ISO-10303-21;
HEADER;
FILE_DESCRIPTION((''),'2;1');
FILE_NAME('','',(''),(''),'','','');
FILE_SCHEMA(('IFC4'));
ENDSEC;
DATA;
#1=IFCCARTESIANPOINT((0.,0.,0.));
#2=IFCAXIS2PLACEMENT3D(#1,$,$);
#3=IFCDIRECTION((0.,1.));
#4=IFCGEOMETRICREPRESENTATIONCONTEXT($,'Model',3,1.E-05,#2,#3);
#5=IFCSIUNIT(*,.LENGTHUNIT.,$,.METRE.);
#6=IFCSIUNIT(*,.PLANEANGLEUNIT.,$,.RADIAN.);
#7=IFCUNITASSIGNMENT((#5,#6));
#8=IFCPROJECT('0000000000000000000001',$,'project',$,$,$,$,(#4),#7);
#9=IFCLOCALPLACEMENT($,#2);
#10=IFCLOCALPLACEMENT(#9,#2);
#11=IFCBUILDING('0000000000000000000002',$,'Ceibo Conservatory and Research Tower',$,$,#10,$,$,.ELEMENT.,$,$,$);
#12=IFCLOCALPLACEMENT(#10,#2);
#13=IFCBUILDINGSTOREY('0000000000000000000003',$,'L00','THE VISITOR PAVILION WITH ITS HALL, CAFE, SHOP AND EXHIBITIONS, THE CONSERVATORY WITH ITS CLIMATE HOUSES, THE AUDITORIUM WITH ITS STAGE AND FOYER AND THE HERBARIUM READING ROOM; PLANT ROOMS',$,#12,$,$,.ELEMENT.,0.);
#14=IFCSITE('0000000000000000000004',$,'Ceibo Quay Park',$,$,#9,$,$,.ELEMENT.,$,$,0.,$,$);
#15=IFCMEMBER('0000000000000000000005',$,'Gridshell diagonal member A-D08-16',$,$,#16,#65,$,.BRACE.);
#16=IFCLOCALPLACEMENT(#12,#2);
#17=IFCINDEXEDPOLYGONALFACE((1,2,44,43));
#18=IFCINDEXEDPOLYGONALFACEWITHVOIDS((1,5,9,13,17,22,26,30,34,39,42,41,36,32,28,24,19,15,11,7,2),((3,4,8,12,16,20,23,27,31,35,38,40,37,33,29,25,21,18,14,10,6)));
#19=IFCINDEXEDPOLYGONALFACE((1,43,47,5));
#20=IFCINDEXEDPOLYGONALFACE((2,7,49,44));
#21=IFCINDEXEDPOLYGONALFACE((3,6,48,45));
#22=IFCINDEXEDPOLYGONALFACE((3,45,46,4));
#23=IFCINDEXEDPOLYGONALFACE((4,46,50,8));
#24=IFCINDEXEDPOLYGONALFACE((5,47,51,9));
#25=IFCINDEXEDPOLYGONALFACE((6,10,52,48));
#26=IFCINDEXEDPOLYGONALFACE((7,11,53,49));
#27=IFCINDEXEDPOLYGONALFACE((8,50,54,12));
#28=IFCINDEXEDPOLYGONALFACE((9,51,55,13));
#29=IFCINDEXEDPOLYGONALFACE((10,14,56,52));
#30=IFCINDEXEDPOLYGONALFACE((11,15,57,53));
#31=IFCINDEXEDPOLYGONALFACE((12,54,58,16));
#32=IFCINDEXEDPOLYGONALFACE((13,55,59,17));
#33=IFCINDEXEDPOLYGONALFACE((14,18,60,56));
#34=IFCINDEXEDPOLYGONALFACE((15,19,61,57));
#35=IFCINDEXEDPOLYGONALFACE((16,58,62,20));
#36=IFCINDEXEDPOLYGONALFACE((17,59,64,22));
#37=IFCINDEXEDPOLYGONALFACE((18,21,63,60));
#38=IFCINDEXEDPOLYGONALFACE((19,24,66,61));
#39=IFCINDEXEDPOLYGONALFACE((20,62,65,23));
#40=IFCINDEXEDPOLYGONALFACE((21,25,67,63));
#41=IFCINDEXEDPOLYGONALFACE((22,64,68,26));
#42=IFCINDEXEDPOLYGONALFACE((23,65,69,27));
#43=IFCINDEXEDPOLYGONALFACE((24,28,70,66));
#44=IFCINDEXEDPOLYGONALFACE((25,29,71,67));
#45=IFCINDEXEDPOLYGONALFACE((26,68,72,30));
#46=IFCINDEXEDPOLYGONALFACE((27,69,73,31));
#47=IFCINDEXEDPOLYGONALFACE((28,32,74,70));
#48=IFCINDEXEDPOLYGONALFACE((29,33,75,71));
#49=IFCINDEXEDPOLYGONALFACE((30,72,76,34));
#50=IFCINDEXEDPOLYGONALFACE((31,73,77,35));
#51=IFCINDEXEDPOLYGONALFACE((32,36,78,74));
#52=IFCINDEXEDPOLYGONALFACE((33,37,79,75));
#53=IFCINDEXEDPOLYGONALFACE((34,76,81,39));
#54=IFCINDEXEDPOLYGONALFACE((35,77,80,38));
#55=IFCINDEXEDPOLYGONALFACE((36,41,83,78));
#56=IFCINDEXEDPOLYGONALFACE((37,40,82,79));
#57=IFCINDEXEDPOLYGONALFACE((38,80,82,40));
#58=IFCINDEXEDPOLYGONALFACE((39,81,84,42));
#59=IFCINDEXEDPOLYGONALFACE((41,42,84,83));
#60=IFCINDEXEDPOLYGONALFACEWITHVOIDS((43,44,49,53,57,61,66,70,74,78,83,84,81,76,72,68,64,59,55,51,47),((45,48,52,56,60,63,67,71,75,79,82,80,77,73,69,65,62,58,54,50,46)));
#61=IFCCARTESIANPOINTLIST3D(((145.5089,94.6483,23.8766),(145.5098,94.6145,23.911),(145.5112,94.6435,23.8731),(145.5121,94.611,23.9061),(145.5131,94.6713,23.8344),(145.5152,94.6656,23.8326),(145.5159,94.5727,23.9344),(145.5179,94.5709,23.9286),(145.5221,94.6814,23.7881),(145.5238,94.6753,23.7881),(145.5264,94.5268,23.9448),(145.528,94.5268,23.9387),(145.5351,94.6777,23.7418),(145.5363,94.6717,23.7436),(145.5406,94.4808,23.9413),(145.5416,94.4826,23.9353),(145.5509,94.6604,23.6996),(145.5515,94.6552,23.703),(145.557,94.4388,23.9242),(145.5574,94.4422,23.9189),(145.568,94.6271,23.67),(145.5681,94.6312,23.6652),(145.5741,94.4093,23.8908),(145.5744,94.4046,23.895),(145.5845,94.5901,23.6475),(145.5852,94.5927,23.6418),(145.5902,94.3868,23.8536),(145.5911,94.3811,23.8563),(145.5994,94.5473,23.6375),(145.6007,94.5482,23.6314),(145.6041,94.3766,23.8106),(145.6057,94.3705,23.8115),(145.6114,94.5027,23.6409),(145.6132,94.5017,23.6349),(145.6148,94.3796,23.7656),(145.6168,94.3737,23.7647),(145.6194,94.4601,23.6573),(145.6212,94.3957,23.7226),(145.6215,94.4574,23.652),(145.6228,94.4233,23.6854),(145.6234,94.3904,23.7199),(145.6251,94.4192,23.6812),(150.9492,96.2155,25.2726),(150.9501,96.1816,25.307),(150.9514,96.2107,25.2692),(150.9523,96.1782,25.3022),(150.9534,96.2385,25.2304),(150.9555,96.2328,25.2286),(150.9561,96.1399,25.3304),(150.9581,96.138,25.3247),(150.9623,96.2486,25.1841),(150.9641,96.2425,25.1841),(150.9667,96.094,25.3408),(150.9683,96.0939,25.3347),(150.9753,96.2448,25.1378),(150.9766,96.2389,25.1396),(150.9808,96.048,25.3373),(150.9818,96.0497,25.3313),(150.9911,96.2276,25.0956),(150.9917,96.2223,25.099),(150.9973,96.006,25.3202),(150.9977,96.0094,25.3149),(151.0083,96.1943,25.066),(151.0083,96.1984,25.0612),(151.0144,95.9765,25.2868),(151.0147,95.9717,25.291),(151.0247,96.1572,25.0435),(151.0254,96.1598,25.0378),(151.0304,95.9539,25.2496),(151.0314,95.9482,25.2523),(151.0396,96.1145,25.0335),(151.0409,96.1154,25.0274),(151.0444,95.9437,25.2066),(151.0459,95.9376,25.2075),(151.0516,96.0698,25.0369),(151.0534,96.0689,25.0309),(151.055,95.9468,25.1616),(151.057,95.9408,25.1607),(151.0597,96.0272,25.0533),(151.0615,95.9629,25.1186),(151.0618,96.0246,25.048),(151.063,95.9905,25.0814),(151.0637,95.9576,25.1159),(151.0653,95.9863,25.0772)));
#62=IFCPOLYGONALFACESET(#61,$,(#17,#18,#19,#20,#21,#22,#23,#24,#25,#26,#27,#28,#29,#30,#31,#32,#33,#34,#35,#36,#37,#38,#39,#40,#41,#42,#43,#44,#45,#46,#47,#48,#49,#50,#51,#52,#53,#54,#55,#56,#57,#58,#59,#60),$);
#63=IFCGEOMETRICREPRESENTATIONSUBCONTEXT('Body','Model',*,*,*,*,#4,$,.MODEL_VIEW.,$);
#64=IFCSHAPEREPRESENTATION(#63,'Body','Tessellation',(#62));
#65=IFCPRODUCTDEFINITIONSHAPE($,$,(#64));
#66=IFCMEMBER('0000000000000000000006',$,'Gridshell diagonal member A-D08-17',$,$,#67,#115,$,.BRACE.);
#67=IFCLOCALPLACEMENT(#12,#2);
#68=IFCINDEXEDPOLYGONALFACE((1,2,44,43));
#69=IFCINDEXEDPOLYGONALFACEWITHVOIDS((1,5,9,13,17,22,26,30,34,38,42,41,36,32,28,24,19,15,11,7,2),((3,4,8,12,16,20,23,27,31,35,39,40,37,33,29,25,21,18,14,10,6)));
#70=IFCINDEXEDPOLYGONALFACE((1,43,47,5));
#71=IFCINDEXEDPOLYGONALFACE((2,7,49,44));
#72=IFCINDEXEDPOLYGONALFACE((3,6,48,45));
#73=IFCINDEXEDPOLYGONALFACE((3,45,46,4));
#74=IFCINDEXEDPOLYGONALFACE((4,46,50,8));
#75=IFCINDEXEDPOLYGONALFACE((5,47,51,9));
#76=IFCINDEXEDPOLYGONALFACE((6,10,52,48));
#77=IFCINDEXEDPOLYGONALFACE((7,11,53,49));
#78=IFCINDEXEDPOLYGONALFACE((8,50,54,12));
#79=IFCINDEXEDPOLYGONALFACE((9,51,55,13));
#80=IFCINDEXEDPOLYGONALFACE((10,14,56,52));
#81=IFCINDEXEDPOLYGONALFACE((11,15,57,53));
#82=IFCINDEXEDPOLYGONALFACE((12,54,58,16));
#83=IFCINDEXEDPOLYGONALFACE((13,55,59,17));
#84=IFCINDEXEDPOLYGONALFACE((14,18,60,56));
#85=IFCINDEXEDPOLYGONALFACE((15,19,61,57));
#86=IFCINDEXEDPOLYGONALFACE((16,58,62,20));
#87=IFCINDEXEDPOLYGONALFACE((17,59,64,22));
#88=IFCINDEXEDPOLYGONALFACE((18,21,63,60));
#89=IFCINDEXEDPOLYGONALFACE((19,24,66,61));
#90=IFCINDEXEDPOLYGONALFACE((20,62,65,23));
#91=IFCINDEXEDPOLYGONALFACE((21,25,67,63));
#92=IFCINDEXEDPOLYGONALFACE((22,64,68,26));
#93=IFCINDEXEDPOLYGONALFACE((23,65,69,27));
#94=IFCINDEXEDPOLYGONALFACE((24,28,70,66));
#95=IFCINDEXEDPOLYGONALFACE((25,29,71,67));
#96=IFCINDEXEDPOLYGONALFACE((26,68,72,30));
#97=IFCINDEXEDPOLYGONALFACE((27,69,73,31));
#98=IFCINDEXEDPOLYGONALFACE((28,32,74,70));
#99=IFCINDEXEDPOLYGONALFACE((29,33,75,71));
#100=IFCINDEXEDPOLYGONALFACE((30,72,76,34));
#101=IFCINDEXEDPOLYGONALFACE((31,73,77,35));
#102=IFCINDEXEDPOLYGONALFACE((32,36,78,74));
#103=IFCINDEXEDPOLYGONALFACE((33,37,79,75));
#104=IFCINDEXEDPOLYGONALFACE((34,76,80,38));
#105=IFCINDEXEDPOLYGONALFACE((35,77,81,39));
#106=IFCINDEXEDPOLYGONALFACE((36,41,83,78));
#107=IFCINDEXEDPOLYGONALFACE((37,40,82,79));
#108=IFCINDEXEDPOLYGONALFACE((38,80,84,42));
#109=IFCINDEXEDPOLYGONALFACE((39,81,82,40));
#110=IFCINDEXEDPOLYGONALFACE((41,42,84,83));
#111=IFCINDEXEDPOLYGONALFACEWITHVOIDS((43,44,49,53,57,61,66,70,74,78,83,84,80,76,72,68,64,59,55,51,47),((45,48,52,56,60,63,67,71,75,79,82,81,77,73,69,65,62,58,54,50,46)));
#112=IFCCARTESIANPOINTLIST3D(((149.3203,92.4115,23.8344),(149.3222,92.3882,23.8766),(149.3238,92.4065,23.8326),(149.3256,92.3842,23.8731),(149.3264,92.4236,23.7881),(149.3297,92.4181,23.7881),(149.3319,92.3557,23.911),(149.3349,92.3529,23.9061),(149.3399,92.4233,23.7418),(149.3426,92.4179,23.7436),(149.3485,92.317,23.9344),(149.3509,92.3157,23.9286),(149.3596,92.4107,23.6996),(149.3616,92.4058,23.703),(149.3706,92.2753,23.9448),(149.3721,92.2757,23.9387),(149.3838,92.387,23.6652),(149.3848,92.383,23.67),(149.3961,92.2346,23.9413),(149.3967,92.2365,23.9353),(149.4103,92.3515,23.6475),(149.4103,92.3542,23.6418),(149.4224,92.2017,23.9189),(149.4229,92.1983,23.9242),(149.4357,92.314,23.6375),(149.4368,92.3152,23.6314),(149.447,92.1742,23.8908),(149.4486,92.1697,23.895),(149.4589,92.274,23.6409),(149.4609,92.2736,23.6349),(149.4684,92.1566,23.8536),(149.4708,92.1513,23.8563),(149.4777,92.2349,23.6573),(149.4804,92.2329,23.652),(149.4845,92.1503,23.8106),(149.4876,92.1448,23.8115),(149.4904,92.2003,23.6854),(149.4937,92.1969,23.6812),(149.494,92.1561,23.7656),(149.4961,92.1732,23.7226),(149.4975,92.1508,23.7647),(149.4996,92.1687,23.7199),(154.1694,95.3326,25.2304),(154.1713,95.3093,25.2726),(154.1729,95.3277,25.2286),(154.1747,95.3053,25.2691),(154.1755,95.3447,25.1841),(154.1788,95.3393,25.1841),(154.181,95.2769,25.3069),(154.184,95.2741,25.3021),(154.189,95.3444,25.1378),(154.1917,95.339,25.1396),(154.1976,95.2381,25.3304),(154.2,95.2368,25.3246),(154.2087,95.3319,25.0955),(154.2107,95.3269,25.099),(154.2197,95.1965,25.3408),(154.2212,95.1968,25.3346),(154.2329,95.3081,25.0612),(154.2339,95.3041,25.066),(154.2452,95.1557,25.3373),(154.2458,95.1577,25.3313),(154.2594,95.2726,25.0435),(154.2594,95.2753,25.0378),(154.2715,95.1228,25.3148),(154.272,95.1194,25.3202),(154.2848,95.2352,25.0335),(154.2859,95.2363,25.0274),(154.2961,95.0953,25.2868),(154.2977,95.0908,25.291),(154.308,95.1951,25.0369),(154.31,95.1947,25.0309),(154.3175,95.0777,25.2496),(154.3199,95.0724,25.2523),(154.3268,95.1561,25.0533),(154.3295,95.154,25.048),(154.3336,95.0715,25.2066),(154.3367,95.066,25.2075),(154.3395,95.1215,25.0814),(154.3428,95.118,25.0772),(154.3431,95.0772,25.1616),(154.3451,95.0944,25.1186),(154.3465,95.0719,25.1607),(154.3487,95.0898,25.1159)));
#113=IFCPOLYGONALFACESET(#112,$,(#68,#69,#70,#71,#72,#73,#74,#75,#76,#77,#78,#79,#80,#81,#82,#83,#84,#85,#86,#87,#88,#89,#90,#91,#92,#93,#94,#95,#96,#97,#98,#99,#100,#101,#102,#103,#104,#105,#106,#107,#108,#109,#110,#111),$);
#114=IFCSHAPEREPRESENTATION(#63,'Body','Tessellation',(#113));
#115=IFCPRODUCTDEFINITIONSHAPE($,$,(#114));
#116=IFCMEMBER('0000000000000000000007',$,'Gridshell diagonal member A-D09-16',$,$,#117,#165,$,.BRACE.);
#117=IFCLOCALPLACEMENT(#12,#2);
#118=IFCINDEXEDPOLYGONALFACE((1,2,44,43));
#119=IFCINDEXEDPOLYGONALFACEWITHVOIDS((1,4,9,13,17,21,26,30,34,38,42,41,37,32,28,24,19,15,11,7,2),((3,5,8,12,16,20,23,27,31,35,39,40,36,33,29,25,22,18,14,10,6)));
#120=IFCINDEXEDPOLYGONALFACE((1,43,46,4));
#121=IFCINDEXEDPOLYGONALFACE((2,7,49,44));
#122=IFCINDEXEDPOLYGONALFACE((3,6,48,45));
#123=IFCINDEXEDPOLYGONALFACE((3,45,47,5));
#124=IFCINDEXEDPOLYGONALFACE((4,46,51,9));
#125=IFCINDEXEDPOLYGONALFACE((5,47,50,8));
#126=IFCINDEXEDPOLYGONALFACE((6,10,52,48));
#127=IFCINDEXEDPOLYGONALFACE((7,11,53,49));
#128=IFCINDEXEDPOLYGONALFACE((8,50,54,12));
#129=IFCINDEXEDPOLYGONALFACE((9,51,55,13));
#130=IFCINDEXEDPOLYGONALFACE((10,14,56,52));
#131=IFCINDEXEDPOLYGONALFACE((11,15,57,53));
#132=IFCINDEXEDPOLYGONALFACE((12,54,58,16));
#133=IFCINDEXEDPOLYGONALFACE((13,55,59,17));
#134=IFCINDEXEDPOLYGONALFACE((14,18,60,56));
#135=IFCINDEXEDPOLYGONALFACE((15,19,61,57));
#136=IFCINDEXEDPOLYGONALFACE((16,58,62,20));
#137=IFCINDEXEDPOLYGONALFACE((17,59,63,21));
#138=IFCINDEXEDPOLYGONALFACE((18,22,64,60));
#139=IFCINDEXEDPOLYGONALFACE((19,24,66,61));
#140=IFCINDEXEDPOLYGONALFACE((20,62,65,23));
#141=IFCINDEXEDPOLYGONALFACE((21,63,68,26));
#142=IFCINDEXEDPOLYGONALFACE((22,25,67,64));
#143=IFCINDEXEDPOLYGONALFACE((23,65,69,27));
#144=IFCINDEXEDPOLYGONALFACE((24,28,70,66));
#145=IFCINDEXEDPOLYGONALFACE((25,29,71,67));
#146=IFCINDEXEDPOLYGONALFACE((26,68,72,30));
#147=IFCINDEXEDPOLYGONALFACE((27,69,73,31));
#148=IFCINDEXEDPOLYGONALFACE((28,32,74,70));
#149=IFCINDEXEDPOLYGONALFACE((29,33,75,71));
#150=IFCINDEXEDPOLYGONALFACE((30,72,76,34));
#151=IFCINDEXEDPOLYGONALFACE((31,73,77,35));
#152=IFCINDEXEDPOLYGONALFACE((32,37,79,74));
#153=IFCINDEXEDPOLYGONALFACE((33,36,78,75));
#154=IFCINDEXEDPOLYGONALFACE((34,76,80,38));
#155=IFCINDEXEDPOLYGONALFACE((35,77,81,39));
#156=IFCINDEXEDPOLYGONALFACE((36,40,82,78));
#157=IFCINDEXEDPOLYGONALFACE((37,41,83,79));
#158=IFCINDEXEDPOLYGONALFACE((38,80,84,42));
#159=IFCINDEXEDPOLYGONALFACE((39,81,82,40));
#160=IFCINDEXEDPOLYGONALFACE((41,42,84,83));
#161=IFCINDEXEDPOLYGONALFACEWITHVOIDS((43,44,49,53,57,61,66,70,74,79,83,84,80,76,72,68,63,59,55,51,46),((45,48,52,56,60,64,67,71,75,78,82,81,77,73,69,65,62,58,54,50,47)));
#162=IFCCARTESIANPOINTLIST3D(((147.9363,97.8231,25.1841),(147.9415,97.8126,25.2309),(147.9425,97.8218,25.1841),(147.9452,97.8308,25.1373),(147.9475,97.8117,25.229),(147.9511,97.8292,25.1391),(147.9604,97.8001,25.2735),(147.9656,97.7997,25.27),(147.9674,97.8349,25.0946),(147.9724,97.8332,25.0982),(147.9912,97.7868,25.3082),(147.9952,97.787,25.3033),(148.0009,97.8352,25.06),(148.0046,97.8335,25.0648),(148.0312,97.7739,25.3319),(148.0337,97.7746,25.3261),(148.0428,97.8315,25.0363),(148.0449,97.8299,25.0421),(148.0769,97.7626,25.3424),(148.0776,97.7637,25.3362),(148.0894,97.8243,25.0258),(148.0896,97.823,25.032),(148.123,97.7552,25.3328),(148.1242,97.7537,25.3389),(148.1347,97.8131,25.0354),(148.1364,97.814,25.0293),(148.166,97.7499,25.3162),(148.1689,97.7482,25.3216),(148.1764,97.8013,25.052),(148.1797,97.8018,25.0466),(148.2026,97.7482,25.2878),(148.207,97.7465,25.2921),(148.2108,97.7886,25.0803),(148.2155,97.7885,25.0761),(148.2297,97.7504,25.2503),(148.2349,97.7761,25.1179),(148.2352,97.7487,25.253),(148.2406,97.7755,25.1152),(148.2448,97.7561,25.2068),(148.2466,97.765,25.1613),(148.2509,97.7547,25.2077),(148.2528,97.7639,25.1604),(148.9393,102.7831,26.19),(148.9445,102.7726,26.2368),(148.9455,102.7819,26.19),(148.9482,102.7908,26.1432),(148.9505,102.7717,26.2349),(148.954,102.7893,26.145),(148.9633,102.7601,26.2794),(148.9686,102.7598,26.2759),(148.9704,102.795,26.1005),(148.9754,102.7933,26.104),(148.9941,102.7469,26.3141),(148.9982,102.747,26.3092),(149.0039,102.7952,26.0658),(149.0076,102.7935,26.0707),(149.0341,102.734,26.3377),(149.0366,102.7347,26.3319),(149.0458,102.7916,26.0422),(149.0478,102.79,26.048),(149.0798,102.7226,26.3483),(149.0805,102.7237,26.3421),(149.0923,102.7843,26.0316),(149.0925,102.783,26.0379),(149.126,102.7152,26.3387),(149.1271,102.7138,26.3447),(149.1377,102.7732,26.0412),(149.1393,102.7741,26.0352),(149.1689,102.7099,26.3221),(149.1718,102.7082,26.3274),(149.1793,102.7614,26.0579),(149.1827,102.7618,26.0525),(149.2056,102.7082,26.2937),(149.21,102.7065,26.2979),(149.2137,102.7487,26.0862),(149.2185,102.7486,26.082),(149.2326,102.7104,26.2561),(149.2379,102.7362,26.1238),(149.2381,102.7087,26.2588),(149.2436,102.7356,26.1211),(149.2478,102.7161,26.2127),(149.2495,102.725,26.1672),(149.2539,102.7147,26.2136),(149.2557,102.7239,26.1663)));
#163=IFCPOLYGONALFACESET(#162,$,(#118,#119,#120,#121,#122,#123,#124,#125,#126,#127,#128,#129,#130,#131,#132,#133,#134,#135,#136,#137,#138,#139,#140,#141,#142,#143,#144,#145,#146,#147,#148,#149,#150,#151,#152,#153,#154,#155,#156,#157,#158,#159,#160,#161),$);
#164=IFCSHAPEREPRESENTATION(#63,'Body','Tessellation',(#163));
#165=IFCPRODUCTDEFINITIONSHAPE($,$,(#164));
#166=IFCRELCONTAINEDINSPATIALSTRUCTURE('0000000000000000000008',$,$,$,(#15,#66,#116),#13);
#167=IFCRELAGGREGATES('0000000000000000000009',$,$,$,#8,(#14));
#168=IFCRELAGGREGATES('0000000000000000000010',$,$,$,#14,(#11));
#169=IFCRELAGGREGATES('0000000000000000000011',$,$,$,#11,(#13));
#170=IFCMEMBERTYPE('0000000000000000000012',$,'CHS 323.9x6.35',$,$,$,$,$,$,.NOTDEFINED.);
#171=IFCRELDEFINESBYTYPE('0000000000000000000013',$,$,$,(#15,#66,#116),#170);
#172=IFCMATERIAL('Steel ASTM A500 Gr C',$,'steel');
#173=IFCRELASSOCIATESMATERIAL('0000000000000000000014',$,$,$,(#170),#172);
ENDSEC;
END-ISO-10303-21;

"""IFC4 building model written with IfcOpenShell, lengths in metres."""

from ifc_helpers import new_model, si_unit, direction, frame, origin, origin_2d, place, context, subcontext, project, spatial, hollow_circle, extrude, material, material_profile, profile_set, type_object, element, save


model = new_model("IFC4")

# Units and contexts
model_context = context("Model", 3, precision=1e-05, world=origin(), true_north=direction((0.0, 1.0)))
body_context = subcontext(model_context, "Body", "Model", "MODEL_VIEW")
ifc_project = project(units=[si_unit("LENGTHUNIT", "METRE"), si_unit("PLANEANGLEUNIT", "RADIAN")], contexts=[model_context])

# Site, building, storey
site_placement = place(None, origin())
site = spatial("IfcSite", under=ifc_project, at=site_placement, Name="Ceibo Quay Park", CompositionType="ELEMENT", RefElevation=0.0)
building_placement = place(site_placement, origin())
building = spatial("IfcBuilding", under=site, at=building_placement, Name="Ceibo Conservatory and Research Tower", CompositionType="ELEMENT")
storey_placement = place(building_placement, origin())
storey = spatial("IfcBuildingStorey", under=building, at=storey_placement, Name="L00", Description="THE VISITOR PAVILION WITH ITS HALL, CAFE, SHOP AND EXHIBITIONS, THE CONSERVATORY WITH ITS CLIMATE HOUSES, THE AUDITORIUM WITH ITS STAGE AND FOYER AND THE HERBARIUM READING ROOM; PLANT ROOMS", CompositionType="ELEMENT", Elevation=0.0)

# Members
ifc_material_1 = material(Name="Steel ASTM A500 Gr C", Category="steel")
ifc_material_profile_1 = material_profile(ifc_material_1, hollow_circle(Radius=0.1619, WallThickness=0.0063, at=origin_2d()), Name="CHS 323.9x6.35")
ifc_profile_set_1 = profile_set([ifc_material_profile_1], Name="Steel ASTM A500 Gr C")
member_type_1 = type_object("IfcMemberType", Name="CHS 323.9x6.35", PredefinedType="NOTDEFINED", material=ifc_profile_set_1)
member_1_placement = place(storey_placement, frame((145.5669, 94.5259, 23.7881), z_axis=(0.932979, 0.268761, 0.23941), x_axis=(-0.276811, 0.960924, 0.0)))
element("IfcMember", 1, at=member_1_placement, inside=storey, type_object=member_type_1, Name="Gridshell diagonal member A-D08-16", PredefinedType="BRACE", context=body_context, shape_type="SweptSolid", body=[
    extrude(hollow_circle(Radius=0.1619, WallThickness=0.0063, at=origin_2d()), origin(), (0.0, 0.0, 1.0), 5.8311),
])
member_2_placement = place(storey_placement, frame((149.4099, 92.2849, 23.7881), z_axis=(0.831668, 0.501002, 0.239426), x_axis=(-0.516011, 0.856582, 0.0)))
element("IfcMember", 2, at=member_2_placement, inside=storey, type_object=member_type_1, Name="Gridshell diagonal member A-D08-17", PredefinedType="BRACE", context=body_context, shape_type="SweptSolid", body=[
    extrude(hollow_circle(Radius=0.1619, WallThickness=0.0063, at=origin_2d()), origin(), (0.0, 0.0, 1.0), 5.8306),
])
member_3_placement = place(storey_placement, frame((148.095, 97.791, 25.1841), z_axis=(0.194391, 0.961355, 0.194959), x_axis=(-0.980163, 0.198194, 0.0)))
element("IfcMember", 3, at=member_3_placement, inside=storey, type_object=member_type_1, Name="Gridshell diagonal member A-D09-16", PredefinedType="BRACE", context=body_context, shape_type="SweptSolid", body=[
    extrude(hollow_circle(Radius=0.1619, WallThickness=0.0063, at=origin_2d()), origin(), (0.0, 0.0, 1.0), 5.1594),
])

save(model, "model.ifc")
